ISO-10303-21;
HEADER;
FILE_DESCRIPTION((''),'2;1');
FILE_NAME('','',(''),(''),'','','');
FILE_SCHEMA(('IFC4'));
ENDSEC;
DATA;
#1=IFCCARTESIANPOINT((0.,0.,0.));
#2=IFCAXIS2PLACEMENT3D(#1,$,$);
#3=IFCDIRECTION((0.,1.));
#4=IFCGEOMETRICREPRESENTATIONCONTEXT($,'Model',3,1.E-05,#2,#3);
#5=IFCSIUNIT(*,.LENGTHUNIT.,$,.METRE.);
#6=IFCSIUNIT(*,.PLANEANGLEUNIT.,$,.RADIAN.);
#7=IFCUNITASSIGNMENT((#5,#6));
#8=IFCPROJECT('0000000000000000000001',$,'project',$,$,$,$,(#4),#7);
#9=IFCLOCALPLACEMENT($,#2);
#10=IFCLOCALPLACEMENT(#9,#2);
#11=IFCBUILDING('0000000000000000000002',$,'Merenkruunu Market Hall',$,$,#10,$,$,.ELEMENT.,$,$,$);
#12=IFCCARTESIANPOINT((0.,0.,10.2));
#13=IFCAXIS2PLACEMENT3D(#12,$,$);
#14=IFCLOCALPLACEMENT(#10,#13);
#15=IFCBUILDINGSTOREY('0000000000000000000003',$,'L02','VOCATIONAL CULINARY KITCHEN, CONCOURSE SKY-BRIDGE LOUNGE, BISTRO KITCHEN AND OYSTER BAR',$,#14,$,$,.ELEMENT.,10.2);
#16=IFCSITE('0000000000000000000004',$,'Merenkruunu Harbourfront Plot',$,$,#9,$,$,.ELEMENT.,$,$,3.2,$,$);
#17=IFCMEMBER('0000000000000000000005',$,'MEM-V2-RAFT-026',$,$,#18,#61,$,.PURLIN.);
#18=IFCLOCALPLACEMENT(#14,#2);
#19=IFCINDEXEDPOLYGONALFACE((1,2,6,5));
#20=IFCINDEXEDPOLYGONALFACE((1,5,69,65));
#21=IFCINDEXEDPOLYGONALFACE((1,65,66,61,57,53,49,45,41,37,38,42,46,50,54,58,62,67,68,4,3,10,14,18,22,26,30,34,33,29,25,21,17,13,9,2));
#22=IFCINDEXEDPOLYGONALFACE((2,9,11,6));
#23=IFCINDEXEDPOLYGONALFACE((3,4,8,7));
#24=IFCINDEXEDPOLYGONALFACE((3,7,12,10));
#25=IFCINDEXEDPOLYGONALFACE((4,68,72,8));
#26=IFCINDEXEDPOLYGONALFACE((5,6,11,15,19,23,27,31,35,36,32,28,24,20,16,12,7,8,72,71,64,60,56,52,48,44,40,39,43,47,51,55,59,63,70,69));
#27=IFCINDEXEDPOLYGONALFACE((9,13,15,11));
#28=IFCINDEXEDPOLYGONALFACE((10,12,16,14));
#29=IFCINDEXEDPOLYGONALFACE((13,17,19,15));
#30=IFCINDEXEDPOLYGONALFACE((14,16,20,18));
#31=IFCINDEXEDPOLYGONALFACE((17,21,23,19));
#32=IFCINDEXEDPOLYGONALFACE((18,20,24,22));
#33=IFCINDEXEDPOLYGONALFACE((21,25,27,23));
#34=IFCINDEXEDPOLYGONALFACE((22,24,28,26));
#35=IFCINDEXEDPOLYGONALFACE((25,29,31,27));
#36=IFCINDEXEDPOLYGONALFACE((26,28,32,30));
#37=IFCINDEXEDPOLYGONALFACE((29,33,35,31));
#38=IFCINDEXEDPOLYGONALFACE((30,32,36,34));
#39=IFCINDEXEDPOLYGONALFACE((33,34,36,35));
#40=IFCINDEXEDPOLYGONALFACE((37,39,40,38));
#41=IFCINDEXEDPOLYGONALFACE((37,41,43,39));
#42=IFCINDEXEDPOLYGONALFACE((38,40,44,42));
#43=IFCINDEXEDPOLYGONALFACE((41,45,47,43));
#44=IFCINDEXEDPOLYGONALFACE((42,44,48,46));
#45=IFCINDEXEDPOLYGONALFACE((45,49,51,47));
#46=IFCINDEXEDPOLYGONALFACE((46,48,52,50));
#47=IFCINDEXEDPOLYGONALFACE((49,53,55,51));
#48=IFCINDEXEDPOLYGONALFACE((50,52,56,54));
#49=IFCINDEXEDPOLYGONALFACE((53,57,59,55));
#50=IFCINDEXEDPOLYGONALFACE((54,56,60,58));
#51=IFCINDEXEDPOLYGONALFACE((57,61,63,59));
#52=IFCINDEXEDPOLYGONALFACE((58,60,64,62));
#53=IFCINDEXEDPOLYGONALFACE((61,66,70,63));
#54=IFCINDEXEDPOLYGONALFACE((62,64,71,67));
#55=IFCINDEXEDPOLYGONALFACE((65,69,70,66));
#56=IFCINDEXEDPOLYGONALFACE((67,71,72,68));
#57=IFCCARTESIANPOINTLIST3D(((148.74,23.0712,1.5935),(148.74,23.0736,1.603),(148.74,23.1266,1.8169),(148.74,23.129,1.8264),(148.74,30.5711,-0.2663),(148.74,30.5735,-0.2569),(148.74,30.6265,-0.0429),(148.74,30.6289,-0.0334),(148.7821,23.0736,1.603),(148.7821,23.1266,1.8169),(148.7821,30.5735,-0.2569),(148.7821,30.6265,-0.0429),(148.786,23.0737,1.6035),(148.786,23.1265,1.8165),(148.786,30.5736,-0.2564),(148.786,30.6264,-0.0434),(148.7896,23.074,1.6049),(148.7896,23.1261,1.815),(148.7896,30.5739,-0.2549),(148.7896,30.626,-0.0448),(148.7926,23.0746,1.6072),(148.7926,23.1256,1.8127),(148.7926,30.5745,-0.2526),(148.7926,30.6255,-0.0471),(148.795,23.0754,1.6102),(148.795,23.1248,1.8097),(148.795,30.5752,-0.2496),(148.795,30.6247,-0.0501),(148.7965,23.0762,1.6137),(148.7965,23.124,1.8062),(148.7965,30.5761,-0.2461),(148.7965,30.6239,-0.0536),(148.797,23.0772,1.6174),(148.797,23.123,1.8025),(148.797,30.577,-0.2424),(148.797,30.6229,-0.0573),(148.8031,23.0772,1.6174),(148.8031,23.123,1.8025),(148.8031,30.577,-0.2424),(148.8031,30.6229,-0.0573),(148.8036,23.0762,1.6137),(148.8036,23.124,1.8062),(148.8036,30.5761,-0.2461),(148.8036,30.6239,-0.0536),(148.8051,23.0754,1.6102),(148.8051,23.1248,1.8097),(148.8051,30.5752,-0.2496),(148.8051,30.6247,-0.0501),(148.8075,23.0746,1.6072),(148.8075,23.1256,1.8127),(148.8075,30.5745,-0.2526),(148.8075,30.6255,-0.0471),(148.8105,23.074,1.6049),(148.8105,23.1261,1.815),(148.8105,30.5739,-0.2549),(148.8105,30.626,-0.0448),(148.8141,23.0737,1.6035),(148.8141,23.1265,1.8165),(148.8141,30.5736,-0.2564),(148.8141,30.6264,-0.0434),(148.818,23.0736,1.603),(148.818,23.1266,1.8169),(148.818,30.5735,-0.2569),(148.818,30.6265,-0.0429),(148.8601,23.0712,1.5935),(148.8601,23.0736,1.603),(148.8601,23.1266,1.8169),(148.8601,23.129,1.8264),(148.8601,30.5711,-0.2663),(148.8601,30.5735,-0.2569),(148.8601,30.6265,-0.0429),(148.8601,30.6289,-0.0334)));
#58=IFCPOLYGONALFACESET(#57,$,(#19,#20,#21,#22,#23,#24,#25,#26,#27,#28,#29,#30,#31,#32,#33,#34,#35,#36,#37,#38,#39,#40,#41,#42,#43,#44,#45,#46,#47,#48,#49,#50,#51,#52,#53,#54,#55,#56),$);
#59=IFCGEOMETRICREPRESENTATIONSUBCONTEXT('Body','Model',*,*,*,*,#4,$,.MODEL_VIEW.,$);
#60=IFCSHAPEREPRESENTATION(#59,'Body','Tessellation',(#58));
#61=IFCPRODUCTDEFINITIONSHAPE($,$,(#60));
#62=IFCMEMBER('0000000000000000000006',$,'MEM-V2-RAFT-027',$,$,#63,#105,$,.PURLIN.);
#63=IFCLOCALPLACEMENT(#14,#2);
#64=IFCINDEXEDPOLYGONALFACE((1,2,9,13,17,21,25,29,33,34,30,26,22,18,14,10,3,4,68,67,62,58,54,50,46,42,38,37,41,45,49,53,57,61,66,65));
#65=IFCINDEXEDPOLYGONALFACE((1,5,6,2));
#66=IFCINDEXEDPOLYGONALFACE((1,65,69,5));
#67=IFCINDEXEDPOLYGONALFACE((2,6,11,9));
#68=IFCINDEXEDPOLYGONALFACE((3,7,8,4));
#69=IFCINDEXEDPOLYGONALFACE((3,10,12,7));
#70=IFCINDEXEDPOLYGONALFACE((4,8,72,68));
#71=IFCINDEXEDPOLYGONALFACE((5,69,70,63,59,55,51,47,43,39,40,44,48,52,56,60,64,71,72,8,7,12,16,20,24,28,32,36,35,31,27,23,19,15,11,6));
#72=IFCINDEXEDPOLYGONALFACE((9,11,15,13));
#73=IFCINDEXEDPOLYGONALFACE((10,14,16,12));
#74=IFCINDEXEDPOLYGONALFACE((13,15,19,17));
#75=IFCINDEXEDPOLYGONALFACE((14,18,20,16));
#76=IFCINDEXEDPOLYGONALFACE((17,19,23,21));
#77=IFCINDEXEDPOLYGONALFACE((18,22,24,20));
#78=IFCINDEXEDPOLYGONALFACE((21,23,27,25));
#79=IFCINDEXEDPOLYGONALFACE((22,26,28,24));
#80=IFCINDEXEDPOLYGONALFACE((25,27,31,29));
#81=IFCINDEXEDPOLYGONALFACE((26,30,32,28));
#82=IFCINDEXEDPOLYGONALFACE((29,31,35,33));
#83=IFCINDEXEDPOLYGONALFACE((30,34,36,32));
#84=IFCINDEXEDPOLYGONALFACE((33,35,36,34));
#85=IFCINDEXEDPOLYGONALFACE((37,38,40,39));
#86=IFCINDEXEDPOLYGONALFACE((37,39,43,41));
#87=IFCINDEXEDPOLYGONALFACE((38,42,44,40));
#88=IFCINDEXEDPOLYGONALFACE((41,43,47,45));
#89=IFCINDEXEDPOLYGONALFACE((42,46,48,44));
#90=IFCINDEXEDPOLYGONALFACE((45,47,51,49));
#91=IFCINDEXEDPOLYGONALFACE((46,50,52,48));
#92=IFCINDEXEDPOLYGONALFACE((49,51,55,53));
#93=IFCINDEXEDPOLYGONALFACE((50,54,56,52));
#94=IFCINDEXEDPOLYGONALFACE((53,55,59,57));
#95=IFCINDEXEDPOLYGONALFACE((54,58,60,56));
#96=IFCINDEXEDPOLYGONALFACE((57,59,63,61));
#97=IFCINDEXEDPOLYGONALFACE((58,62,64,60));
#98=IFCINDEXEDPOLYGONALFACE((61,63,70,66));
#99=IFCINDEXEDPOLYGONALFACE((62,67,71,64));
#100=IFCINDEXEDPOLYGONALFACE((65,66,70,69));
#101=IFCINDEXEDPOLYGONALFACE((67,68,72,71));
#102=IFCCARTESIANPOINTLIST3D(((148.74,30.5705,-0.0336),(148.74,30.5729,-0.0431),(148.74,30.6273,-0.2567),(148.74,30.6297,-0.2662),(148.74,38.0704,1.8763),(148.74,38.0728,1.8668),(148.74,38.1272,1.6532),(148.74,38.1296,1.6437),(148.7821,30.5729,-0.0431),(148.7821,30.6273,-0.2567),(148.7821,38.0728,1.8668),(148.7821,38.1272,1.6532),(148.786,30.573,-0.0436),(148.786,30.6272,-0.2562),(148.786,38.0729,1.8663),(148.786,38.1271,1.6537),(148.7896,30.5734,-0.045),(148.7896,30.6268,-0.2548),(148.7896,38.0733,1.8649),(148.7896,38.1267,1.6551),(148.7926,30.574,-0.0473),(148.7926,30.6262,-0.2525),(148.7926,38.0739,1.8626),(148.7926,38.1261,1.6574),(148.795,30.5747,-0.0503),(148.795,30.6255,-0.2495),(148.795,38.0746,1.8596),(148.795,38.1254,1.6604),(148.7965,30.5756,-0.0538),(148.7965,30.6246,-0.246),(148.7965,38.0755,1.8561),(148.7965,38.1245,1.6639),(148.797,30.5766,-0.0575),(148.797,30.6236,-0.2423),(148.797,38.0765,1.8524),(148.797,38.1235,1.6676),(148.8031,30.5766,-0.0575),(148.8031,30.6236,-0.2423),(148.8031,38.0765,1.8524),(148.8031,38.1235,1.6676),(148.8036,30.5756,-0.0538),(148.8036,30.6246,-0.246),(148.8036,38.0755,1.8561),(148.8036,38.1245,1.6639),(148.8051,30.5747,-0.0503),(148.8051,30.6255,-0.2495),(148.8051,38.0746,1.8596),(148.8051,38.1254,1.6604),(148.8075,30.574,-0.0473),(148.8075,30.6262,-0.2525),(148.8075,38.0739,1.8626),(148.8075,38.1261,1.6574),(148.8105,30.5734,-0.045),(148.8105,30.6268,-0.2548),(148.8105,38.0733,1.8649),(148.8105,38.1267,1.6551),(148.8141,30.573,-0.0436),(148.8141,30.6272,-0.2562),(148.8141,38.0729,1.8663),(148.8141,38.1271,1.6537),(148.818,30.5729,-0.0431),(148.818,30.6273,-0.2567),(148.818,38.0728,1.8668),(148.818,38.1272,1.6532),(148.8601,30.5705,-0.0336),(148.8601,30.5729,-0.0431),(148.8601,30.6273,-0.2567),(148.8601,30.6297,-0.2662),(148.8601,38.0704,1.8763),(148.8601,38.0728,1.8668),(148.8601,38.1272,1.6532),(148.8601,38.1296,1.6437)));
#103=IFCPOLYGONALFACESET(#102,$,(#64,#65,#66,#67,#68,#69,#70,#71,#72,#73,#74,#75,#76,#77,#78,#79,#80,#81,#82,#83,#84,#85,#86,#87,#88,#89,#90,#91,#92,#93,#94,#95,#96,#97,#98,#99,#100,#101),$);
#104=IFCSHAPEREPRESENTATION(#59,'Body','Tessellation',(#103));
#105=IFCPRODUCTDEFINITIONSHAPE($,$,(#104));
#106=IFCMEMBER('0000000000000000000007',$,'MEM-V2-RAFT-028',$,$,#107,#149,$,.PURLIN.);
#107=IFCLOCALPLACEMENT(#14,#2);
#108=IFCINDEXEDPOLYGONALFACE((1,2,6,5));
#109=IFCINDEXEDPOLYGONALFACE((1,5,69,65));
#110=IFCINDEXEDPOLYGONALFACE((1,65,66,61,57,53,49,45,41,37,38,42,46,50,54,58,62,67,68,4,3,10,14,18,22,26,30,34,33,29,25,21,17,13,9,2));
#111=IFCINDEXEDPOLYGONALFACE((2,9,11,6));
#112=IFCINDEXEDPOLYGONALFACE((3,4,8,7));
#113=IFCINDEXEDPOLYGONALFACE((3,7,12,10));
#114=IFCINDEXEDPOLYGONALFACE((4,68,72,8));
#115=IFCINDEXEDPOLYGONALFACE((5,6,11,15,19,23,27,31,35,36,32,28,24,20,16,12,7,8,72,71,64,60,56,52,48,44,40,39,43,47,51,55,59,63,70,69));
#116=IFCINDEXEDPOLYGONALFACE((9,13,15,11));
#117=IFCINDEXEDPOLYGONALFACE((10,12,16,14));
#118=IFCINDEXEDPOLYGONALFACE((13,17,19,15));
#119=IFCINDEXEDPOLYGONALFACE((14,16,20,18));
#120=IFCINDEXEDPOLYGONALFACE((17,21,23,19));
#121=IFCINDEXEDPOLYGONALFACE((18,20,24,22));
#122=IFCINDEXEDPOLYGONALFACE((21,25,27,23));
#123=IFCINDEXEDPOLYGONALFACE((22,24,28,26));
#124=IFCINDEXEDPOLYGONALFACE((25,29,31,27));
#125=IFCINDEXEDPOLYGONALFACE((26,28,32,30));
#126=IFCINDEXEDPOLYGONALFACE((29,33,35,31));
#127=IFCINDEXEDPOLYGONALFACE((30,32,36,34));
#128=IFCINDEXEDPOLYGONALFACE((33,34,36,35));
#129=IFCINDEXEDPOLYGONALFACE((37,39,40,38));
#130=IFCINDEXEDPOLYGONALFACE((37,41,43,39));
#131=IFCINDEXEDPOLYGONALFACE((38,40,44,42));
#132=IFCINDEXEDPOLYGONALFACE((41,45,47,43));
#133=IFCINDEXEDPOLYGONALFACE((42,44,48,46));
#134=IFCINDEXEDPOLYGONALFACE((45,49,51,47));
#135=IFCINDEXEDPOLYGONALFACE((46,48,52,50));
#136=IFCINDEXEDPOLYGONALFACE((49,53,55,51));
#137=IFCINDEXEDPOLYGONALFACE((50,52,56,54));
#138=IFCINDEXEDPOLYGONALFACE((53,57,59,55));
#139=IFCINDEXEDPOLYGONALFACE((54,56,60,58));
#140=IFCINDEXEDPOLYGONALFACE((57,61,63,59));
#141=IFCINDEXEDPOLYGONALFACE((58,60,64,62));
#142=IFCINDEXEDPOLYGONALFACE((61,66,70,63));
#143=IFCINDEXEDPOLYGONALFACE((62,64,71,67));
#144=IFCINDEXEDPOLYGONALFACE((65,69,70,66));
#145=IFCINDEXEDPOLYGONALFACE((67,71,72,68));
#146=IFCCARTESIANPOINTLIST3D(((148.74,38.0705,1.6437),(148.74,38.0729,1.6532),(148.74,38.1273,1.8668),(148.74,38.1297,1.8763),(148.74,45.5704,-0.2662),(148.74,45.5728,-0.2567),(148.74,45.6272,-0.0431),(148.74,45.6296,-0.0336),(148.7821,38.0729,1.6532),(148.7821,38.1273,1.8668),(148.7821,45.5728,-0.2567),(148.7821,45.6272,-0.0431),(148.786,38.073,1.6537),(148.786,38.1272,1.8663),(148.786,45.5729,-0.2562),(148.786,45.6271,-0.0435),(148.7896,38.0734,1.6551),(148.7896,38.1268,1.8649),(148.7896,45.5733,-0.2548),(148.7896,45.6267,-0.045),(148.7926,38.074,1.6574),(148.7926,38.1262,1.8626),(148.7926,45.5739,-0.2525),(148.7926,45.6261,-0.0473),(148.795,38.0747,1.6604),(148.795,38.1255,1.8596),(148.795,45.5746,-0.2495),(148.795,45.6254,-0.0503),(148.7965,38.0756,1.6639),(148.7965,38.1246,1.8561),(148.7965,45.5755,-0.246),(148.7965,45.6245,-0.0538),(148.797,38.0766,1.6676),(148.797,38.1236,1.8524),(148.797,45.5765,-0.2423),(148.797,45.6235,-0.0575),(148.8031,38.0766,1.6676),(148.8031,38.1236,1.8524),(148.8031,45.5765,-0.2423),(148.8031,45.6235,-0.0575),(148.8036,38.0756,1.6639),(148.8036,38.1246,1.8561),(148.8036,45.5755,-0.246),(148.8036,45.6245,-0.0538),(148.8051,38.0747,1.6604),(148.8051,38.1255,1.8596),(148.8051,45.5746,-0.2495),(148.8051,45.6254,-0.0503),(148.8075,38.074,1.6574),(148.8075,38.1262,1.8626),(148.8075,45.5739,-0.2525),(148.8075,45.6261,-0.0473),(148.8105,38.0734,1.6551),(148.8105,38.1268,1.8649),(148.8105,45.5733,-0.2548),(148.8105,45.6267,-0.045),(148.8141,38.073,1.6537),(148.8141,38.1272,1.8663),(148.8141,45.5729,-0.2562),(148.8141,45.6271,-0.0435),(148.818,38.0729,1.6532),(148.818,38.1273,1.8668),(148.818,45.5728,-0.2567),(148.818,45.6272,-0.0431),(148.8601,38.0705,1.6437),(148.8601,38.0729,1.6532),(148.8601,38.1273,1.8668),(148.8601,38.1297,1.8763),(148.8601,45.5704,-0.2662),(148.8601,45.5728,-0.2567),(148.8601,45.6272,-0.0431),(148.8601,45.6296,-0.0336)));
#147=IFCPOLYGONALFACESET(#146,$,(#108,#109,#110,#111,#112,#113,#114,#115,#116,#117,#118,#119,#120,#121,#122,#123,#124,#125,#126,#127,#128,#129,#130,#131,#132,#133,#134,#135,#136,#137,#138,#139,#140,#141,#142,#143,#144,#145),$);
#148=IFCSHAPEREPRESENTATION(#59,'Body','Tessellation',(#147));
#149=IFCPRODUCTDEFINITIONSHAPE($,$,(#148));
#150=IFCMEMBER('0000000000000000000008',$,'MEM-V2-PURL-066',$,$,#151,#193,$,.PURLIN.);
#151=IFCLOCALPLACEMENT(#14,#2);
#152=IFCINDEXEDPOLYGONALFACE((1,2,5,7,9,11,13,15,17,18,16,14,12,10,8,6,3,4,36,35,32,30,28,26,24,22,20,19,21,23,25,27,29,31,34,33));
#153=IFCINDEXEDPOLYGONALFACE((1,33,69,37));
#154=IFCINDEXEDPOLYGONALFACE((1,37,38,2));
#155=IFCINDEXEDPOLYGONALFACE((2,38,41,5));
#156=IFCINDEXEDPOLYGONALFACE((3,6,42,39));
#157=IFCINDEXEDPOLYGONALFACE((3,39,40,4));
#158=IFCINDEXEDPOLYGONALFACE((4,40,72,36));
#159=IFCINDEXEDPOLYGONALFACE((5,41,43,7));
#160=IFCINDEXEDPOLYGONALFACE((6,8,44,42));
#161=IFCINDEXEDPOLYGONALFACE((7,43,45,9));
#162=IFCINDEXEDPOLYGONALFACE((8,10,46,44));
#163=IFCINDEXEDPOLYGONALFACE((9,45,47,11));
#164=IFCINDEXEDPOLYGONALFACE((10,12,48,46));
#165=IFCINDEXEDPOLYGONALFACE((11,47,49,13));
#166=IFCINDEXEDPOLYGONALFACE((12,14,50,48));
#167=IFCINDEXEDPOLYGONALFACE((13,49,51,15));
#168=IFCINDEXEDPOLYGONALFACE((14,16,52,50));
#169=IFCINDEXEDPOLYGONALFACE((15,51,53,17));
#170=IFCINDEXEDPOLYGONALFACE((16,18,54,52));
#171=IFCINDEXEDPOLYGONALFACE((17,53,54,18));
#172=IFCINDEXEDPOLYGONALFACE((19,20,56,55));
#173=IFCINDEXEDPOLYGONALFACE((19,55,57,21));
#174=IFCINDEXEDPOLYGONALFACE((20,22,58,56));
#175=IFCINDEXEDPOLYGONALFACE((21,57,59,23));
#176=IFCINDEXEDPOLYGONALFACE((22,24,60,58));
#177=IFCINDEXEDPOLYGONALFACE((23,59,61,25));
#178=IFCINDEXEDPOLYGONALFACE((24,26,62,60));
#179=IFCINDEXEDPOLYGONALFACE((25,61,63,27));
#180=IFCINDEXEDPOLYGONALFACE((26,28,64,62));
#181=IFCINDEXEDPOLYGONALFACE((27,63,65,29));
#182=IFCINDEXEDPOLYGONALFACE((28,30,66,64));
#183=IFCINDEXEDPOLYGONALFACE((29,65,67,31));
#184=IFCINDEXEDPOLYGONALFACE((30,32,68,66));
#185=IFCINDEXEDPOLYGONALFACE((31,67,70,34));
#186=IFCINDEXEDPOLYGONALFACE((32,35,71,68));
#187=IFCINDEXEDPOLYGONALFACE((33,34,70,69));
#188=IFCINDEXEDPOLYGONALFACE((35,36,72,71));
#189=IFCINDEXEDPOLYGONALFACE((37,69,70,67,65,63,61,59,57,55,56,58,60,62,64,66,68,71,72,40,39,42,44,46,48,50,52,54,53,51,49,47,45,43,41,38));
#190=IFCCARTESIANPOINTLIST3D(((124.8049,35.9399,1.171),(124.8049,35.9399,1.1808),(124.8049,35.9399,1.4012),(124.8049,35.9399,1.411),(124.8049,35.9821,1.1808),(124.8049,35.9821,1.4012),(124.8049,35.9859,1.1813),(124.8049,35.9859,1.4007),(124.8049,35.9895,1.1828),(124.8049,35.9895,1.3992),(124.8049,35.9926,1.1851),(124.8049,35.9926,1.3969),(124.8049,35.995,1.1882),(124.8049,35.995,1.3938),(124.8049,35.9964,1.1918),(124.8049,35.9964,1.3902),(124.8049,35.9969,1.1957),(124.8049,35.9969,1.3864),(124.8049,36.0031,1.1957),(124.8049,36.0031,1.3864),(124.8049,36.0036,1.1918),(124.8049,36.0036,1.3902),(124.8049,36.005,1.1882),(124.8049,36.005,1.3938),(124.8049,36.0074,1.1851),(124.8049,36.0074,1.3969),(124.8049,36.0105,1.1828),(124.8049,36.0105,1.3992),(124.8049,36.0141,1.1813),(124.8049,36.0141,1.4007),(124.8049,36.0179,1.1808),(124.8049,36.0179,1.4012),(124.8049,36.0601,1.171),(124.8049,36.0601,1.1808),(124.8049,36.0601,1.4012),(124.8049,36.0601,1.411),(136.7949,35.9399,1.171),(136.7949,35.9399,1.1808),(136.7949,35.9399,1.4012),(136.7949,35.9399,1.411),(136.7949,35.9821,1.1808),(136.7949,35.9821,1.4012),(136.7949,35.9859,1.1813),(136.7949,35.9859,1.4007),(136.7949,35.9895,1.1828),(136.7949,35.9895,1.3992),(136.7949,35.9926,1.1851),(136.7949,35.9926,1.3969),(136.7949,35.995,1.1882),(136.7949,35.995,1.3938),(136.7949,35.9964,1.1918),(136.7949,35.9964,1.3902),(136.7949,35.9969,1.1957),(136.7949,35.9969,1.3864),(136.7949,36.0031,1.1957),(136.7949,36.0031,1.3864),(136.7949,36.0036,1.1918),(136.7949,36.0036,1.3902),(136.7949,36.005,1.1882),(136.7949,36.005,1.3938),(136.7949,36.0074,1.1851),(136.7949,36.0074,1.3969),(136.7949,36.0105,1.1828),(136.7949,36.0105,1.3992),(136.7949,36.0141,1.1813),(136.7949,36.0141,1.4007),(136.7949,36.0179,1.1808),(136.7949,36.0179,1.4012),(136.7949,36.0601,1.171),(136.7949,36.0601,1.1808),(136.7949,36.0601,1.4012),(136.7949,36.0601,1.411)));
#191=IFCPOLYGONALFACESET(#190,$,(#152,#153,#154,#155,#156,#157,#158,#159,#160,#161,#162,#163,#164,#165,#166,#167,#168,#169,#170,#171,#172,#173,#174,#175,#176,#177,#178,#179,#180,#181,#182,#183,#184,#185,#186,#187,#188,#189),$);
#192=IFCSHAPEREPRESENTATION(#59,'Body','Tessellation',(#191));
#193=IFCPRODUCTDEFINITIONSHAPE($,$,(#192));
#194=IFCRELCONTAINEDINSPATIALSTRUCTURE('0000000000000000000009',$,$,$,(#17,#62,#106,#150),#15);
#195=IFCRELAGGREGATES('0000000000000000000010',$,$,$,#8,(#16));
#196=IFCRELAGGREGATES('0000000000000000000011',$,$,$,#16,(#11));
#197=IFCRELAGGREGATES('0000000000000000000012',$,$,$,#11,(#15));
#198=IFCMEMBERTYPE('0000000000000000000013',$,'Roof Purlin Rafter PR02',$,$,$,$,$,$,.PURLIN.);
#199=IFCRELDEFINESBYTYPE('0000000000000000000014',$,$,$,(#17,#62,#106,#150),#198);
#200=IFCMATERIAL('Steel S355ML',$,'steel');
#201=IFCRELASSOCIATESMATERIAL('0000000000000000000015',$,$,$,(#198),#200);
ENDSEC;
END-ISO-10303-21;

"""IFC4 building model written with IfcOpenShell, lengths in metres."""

from ifc_helpers import new_model, si_unit, direction, frame, origin, origin_2d, place, context, subcontext, project, spatial, i_section, extrude, material, material_profile, profile_set, type_object, element, save


model = new_model("IFC4")

# Units and contexts
model_context = context("Model", 3, precision=1e-05, world=origin(), true_north=direction((0.0, 1.0)))
body_context = subcontext(model_context, "Body", "Model", "MODEL_VIEW")
ifc_project = project(units=[si_unit("LENGTHUNIT", "METRE"), si_unit("PLANEANGLEUNIT", "RADIAN")], contexts=[model_context])

# Site, building, storey
site_placement = place(None, origin())
site = spatial("IfcSite", under=ifc_project, at=site_placement, Name="Merenkruunu Harbourfront Plot", CompositionType="ELEMENT", RefElevation=3.2)
building_placement = place(site_placement, origin())
building = spatial("IfcBuilding", under=site, at=building_placement, Name="Merenkruunu Market Hall", CompositionType="ELEMENT")
storey_placement = place(building_placement, frame((0.0, 0.0, 10.2)))
storey = spatial("IfcBuildingStorey", under=building, at=storey_placement, Name="L02", Description="VOCATIONAL CULINARY KITCHEN, CONCOURSE SKY-BRIDGE LOUNGE, BISTRO KITCHEN AND OYSTER BAR", CompositionType="ELEMENT", Elevation=10.2)

# Members
ifc_material_1 = material(Name="Steel S355ML", Category="steel")
ifc_material_profile_1 = material_profile(ifc_material_1, i_section(OverallWidth=0.1201, OverallDepth=0.24, WebThickness=0.0061, FlangeThickness=0.0098, FilletRadius=0.0149, at=origin_2d()), Name="IPE 240")
ifc_profile_set_1 = profile_set([ifc_material_profile_1], Name="Steel S355ML")
member_type_1 = type_object("IfcMemberType", Name="Roof Purlin Rafter PR02", PredefinedType="PURLIN", material=ifc_profile_set_1)
for number, where, z_axis, x_axis, name in (
    (1, (148.8, 23.1001, 1.71), (0.0, 0.970602, -0.240692), (-1.0, 0.0, 0.0), "MEM-V2-RAFT-026"),
):
    element("IfcMember", number, at=place(storey_placement, frame(where, z_axis=z_axis, x_axis=x_axis)), inside=storey, type_object=member_type_1, Name=name, PredefinedType="PURLIN", context=body_context, shape_type="SweptSolid", body=[
        extrude(i_section(OverallWidth=0.1201, OverallDepth=0.24, WebThickness=0.0061, FlangeThickness=0.0098, FilletRadius=0.0149, at=origin_2d()), origin(), (0.0, 0.0, 1.0), 7.7271),
    ])
for number, where, z_axis, x_axis, name in (
    (2, (148.8, 30.6001, -0.1499), (0.0, 0.969072, 0.246779), (-1.0, 0.0, 0.0), "MEM-V2-RAFT-027"),
    (3, (148.8, 38.1001, 1.76), (0.0, 0.969072, -0.246779), (-1.0, 0.0, 0.0), "MEM-V2-RAFT-028"),
):
    element("IfcMember", number, at=place(storey_placement, frame(where, z_axis=z_axis, x_axis=x_axis)), inside=storey, type_object=member_type_1, Name=name, PredefinedType="PURLIN", context=body_context, shape_type="SweptSolid", body=[
        extrude(i_section(OverallWidth=0.1201, OverallDepth=0.24, WebThickness=0.0061, FlangeThickness=0.0098, FilletRadius=0.0149, at=origin_2d()), origin(), (0.0, 0.0, 1.0), 7.7393),
    ])
for number, where, z_axis, x_axis, name in (
    (4, (124.8049, 36.0, 1.291), (1.0, 0.0, 0.0), (0.0, 1.0, 0.0), "MEM-V2-PURL-066"),
):
    element("IfcMember", number, at=place(storey_placement, frame(where, z_axis=z_axis, x_axis=x_axis)), inside=storey, type_object=member_type_1, Name=name, PredefinedType="PURLIN", context=body_context, shape_type="SweptSolid", body=[
        extrude(i_section(OverallWidth=0.1201, OverallDepth=0.24, WebThickness=0.0061, FlangeThickness=0.0098, FilletRadius=0.0149, at=origin_2d()), origin(), (0.0, 0.0, 1.0), 11.99),
    ])

save(model, "model.ifc")
